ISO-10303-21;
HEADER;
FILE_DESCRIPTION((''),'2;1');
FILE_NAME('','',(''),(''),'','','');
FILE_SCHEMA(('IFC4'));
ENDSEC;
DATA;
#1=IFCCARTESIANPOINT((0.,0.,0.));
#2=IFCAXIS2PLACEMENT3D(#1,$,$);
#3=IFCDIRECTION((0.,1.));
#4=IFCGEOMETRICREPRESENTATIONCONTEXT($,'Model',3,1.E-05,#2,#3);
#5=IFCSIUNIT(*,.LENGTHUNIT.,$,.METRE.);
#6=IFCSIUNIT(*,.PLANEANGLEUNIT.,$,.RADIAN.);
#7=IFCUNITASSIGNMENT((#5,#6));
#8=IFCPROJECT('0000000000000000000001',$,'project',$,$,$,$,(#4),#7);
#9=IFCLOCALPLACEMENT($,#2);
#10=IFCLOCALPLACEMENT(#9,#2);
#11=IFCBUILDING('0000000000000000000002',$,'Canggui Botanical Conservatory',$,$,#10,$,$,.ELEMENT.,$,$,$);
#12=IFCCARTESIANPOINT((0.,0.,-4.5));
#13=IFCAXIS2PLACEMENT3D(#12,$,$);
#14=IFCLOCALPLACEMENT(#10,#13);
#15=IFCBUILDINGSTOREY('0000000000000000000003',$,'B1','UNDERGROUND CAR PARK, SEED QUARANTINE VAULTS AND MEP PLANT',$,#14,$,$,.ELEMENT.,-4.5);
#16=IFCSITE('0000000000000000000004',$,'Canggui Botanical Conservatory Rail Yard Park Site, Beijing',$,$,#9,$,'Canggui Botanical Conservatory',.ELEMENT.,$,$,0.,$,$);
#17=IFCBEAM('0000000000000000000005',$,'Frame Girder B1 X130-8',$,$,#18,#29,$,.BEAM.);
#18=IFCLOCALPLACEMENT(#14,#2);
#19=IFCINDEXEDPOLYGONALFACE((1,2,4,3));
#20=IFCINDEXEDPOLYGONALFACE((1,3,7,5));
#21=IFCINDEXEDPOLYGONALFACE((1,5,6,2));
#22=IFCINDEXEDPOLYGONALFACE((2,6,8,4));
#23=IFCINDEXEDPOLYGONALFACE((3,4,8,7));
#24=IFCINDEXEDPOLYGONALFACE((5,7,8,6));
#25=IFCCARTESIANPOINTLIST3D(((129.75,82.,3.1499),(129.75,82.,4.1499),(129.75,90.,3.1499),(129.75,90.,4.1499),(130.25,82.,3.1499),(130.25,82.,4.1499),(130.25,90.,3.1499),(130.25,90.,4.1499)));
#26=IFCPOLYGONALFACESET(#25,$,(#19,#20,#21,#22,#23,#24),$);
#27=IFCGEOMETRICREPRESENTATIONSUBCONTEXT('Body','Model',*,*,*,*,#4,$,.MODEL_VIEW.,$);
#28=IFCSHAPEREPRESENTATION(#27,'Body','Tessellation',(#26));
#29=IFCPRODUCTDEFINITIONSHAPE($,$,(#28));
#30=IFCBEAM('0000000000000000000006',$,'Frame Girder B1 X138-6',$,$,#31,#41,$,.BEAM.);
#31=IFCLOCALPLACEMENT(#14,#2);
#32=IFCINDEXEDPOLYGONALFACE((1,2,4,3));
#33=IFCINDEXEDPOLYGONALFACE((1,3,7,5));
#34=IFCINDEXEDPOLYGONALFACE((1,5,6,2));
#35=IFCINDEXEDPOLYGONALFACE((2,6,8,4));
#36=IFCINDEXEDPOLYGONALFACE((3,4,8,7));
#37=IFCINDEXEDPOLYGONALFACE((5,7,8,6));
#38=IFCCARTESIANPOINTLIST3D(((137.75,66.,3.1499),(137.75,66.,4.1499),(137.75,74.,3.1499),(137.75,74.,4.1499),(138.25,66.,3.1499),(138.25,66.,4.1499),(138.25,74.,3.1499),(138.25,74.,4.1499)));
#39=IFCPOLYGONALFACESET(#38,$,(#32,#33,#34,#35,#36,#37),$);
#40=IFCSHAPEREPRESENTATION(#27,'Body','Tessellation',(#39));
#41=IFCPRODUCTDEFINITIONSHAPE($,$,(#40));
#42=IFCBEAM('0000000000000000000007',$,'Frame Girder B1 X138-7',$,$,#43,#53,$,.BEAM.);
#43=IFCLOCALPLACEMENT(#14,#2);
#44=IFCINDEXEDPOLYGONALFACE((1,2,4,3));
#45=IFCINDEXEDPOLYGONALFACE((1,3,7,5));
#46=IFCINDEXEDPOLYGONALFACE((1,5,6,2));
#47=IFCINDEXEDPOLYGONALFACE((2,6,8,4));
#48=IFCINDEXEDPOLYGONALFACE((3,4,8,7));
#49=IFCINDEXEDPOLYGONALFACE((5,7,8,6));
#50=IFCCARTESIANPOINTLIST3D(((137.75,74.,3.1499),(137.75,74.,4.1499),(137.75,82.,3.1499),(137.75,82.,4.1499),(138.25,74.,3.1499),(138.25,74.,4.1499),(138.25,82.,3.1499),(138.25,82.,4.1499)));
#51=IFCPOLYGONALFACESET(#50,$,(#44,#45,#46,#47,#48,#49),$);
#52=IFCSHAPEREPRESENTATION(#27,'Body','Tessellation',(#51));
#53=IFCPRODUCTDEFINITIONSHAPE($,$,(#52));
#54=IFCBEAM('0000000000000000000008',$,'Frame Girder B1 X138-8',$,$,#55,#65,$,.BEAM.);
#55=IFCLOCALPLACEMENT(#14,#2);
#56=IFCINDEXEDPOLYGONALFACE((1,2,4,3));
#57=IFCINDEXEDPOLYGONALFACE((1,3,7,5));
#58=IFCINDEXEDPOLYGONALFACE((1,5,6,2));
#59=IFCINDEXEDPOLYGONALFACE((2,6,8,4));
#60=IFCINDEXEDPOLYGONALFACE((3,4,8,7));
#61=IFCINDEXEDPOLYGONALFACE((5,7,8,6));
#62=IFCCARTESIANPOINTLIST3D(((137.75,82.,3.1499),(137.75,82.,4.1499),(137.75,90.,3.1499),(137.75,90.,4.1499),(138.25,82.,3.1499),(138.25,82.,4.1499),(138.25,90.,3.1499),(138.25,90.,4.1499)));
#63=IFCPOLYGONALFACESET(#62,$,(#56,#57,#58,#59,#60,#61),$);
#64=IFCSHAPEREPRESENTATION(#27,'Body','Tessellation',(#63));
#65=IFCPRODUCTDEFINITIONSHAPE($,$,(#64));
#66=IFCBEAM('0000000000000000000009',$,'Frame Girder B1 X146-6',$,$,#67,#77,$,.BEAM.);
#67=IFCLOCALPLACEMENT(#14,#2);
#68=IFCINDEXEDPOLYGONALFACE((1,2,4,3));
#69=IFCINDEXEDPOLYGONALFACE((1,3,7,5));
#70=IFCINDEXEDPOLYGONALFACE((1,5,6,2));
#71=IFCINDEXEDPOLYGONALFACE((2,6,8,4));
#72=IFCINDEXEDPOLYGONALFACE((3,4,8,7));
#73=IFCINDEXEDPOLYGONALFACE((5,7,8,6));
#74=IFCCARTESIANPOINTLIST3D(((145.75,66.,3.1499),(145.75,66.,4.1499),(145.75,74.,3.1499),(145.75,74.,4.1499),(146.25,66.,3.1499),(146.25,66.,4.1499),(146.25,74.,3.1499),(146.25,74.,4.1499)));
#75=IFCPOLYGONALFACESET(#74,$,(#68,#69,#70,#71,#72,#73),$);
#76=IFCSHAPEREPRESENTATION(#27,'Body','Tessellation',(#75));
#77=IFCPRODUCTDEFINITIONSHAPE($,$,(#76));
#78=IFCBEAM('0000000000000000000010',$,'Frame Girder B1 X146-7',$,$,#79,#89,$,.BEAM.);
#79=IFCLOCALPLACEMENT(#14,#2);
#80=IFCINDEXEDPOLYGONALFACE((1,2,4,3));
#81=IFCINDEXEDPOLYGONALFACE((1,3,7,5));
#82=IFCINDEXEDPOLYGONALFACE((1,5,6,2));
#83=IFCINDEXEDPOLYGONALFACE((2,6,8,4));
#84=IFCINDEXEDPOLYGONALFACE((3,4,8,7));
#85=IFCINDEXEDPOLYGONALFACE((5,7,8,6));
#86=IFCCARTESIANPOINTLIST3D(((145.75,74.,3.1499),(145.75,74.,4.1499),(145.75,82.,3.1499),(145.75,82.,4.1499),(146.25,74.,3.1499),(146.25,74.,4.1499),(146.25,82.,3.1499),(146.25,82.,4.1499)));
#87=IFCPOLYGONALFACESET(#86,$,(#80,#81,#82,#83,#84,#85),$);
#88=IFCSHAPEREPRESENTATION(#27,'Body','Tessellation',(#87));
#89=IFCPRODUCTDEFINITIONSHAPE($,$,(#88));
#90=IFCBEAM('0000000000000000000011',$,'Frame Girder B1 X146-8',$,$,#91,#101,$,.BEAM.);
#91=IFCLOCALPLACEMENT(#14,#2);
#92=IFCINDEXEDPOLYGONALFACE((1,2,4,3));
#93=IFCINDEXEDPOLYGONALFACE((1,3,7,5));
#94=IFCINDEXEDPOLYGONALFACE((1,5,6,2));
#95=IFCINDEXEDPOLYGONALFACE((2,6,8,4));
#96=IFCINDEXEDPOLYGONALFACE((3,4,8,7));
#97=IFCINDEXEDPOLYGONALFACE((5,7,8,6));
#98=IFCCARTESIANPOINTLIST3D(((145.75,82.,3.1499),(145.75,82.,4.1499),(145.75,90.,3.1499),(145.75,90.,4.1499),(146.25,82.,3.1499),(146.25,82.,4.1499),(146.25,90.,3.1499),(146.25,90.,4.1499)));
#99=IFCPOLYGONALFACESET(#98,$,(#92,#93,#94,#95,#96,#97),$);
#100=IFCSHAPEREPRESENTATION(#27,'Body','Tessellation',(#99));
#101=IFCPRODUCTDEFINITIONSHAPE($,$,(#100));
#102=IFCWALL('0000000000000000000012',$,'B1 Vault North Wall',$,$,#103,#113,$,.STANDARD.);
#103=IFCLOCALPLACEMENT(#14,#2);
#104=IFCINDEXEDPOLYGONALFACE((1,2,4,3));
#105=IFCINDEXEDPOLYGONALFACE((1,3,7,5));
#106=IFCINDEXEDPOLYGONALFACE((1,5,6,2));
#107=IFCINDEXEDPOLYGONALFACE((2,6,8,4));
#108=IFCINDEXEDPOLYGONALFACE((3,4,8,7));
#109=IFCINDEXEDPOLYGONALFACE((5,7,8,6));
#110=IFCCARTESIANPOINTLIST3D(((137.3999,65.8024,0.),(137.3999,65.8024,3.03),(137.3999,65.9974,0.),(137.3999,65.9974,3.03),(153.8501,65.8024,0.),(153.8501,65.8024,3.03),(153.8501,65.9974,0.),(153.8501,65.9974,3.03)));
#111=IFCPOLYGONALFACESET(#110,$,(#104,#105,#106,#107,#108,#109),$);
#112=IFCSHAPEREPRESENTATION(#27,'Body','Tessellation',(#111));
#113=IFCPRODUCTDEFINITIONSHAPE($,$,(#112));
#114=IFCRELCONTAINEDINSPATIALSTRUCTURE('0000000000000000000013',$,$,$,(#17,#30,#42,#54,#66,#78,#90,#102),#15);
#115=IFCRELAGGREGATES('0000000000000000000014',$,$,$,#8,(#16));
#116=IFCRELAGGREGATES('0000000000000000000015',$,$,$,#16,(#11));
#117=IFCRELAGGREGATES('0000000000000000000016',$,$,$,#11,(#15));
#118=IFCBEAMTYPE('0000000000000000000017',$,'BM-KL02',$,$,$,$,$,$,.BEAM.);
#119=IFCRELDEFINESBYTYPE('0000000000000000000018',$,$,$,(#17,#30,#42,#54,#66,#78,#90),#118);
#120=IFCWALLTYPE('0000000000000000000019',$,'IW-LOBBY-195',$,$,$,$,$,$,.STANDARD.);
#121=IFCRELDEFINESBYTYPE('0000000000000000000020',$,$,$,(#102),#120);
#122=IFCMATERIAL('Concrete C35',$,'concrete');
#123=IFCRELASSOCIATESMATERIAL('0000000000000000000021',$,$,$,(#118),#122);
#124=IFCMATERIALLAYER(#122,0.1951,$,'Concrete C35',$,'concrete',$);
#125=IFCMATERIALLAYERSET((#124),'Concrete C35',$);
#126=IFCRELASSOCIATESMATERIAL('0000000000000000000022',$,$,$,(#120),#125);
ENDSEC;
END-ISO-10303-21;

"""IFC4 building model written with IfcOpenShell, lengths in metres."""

from ifc_helpers import new_model, si_unit, direction, frame, frame_2d, origin, origin_2d, place, context, subcontext, project, spatial, rectangle, extrude, material, layer, layer_set, material_profile, profile_set, type_object, element, save


model = new_model("IFC4")

# Units and contexts
model_context = context("Model", 3, precision=1e-05, world=origin(), true_north=direction((0.0, 1.0)))
body_context = subcontext(model_context, "Body", "Model", "MODEL_VIEW")
ifc_project = project(units=[si_unit("LENGTHUNIT", "METRE"), si_unit("PLANEANGLEUNIT", "RADIAN")], contexts=[model_context])

# Site, building, storey
site_placement = place(None, origin())
site = spatial("IfcSite", under=ifc_project, at=site_placement, Name="Canggui Botanical Conservatory Rail Yard Park Site, Beijing", LongName="Canggui Botanical Conservatory", CompositionType="ELEMENT", RefElevation=0.0)
building_placement = place(site_placement, origin())
building = spatial("IfcBuilding", under=site, at=building_placement, Name="Canggui Botanical Conservatory", CompositionType="ELEMENT")
storey_placement = place(building_placement, frame((0.0, 0.0, -4.5)))
storey = spatial("IfcBuildingStorey", under=building, at=storey_placement, Name="B1", Description="UNDERGROUND CAR PARK, SEED QUARANTINE VAULTS AND MEP PLANT", CompositionType="ELEMENT", Elevation=-4.5)

# Beams
ifc_material_1 = material(Name="Concrete C35", Category="concrete")
ifc_material_profile_1 = material_profile(ifc_material_1, rectangle(XDim=0.5, YDim=1.0, at=origin_2d()), Name="RB 500x1000")
ifc_profile_set_1 = profile_set([ifc_material_profile_1], Name="Concrete C35")
beam_type_1 = type_object("IfcBeamType", Name="BM-KL02", PredefinedType="BEAM", material=ifc_profile_set_1)
for number, where, z_axis, x_axis, name in (
    (1, (130.0, 82.0, 3.6499), (0.0, 1.0, 0.0), (-1.0, 0.0, 0.0), "Frame Girder B1 X130-8"),
    (2, (138.0, 66.0, 3.6499), (0.0, 1.0, 0.0), (-1.0, 0.0, 0.0), "Frame Girder B1 X138-6"),
    (3, (138.0, 74.0, 3.6499), (0.0, 1.0, 0.0), (-1.0, 0.0, 0.0), "Frame Girder B1 X138-7"),
    (4, (138.0, 82.0, 3.6499), (0.0, 1.0, 0.0), (-1.0, 0.0, 0.0), "Frame Girder B1 X138-8"),
    (5, (146.0, 66.0, 3.6499), (0.0, 1.0, 0.0), (-1.0, 0.0, 0.0), "Frame Girder B1 X146-6"),
    (6, (146.0, 74.0, 3.6499), (0.0, 1.0, 0.0), (-1.0, 0.0, 0.0), "Frame Girder B1 X146-7"),
    (7, (146.0, 82.0, 3.6499), (0.0, 1.0, 0.0), (-1.0, 0.0, 0.0), "Frame Girder B1 X146-8"),
):
    element("IfcBeam", number, at=place(storey_placement, frame(where, z_axis=z_axis, x_axis=x_axis)), inside=storey, type_object=beam_type_1, Name=name, PredefinedType="BEAM", context=body_context, shape_type="SweptSolid", body=[
        extrude(rectangle(XDim=0.5, YDim=1.0, at=origin_2d()), origin(), (0.0, 0.0, 1.0), 8.0),
    ])

# Wall
ifc_layer = layer(ifc_material_1, 0.1951, Name="Concrete C35", Category="concrete")
ifc_layer_set = layer_set([ifc_layer], Name="Concrete C35")
wall_type = type_object("IfcWallType", Name="IW-LOBBY-195", PredefinedType="STANDARD", material=ifc_layer_set)
wall_placement = place(storey_placement, frame((137.3999, 65.8999, 0.0), z_axis=(0.0, 0.0, 1.0), x_axis=(1.0, 0.0, 0.0)))
element("IfcWall", 8, at=wall_placement, inside=storey, type_object=wall_type, Name="B1 Vault North Wall", PredefinedType="STANDARD", context=body_context, shape_type="SweptSolid", body=[
    extrude(rectangle(XDim=16.4502, YDim=0.1951, at=frame_2d((8.2251, 0.0))), origin(), (0.0, 0.0, 1.0), 3.03),
])

save(model, "model.ifc")
